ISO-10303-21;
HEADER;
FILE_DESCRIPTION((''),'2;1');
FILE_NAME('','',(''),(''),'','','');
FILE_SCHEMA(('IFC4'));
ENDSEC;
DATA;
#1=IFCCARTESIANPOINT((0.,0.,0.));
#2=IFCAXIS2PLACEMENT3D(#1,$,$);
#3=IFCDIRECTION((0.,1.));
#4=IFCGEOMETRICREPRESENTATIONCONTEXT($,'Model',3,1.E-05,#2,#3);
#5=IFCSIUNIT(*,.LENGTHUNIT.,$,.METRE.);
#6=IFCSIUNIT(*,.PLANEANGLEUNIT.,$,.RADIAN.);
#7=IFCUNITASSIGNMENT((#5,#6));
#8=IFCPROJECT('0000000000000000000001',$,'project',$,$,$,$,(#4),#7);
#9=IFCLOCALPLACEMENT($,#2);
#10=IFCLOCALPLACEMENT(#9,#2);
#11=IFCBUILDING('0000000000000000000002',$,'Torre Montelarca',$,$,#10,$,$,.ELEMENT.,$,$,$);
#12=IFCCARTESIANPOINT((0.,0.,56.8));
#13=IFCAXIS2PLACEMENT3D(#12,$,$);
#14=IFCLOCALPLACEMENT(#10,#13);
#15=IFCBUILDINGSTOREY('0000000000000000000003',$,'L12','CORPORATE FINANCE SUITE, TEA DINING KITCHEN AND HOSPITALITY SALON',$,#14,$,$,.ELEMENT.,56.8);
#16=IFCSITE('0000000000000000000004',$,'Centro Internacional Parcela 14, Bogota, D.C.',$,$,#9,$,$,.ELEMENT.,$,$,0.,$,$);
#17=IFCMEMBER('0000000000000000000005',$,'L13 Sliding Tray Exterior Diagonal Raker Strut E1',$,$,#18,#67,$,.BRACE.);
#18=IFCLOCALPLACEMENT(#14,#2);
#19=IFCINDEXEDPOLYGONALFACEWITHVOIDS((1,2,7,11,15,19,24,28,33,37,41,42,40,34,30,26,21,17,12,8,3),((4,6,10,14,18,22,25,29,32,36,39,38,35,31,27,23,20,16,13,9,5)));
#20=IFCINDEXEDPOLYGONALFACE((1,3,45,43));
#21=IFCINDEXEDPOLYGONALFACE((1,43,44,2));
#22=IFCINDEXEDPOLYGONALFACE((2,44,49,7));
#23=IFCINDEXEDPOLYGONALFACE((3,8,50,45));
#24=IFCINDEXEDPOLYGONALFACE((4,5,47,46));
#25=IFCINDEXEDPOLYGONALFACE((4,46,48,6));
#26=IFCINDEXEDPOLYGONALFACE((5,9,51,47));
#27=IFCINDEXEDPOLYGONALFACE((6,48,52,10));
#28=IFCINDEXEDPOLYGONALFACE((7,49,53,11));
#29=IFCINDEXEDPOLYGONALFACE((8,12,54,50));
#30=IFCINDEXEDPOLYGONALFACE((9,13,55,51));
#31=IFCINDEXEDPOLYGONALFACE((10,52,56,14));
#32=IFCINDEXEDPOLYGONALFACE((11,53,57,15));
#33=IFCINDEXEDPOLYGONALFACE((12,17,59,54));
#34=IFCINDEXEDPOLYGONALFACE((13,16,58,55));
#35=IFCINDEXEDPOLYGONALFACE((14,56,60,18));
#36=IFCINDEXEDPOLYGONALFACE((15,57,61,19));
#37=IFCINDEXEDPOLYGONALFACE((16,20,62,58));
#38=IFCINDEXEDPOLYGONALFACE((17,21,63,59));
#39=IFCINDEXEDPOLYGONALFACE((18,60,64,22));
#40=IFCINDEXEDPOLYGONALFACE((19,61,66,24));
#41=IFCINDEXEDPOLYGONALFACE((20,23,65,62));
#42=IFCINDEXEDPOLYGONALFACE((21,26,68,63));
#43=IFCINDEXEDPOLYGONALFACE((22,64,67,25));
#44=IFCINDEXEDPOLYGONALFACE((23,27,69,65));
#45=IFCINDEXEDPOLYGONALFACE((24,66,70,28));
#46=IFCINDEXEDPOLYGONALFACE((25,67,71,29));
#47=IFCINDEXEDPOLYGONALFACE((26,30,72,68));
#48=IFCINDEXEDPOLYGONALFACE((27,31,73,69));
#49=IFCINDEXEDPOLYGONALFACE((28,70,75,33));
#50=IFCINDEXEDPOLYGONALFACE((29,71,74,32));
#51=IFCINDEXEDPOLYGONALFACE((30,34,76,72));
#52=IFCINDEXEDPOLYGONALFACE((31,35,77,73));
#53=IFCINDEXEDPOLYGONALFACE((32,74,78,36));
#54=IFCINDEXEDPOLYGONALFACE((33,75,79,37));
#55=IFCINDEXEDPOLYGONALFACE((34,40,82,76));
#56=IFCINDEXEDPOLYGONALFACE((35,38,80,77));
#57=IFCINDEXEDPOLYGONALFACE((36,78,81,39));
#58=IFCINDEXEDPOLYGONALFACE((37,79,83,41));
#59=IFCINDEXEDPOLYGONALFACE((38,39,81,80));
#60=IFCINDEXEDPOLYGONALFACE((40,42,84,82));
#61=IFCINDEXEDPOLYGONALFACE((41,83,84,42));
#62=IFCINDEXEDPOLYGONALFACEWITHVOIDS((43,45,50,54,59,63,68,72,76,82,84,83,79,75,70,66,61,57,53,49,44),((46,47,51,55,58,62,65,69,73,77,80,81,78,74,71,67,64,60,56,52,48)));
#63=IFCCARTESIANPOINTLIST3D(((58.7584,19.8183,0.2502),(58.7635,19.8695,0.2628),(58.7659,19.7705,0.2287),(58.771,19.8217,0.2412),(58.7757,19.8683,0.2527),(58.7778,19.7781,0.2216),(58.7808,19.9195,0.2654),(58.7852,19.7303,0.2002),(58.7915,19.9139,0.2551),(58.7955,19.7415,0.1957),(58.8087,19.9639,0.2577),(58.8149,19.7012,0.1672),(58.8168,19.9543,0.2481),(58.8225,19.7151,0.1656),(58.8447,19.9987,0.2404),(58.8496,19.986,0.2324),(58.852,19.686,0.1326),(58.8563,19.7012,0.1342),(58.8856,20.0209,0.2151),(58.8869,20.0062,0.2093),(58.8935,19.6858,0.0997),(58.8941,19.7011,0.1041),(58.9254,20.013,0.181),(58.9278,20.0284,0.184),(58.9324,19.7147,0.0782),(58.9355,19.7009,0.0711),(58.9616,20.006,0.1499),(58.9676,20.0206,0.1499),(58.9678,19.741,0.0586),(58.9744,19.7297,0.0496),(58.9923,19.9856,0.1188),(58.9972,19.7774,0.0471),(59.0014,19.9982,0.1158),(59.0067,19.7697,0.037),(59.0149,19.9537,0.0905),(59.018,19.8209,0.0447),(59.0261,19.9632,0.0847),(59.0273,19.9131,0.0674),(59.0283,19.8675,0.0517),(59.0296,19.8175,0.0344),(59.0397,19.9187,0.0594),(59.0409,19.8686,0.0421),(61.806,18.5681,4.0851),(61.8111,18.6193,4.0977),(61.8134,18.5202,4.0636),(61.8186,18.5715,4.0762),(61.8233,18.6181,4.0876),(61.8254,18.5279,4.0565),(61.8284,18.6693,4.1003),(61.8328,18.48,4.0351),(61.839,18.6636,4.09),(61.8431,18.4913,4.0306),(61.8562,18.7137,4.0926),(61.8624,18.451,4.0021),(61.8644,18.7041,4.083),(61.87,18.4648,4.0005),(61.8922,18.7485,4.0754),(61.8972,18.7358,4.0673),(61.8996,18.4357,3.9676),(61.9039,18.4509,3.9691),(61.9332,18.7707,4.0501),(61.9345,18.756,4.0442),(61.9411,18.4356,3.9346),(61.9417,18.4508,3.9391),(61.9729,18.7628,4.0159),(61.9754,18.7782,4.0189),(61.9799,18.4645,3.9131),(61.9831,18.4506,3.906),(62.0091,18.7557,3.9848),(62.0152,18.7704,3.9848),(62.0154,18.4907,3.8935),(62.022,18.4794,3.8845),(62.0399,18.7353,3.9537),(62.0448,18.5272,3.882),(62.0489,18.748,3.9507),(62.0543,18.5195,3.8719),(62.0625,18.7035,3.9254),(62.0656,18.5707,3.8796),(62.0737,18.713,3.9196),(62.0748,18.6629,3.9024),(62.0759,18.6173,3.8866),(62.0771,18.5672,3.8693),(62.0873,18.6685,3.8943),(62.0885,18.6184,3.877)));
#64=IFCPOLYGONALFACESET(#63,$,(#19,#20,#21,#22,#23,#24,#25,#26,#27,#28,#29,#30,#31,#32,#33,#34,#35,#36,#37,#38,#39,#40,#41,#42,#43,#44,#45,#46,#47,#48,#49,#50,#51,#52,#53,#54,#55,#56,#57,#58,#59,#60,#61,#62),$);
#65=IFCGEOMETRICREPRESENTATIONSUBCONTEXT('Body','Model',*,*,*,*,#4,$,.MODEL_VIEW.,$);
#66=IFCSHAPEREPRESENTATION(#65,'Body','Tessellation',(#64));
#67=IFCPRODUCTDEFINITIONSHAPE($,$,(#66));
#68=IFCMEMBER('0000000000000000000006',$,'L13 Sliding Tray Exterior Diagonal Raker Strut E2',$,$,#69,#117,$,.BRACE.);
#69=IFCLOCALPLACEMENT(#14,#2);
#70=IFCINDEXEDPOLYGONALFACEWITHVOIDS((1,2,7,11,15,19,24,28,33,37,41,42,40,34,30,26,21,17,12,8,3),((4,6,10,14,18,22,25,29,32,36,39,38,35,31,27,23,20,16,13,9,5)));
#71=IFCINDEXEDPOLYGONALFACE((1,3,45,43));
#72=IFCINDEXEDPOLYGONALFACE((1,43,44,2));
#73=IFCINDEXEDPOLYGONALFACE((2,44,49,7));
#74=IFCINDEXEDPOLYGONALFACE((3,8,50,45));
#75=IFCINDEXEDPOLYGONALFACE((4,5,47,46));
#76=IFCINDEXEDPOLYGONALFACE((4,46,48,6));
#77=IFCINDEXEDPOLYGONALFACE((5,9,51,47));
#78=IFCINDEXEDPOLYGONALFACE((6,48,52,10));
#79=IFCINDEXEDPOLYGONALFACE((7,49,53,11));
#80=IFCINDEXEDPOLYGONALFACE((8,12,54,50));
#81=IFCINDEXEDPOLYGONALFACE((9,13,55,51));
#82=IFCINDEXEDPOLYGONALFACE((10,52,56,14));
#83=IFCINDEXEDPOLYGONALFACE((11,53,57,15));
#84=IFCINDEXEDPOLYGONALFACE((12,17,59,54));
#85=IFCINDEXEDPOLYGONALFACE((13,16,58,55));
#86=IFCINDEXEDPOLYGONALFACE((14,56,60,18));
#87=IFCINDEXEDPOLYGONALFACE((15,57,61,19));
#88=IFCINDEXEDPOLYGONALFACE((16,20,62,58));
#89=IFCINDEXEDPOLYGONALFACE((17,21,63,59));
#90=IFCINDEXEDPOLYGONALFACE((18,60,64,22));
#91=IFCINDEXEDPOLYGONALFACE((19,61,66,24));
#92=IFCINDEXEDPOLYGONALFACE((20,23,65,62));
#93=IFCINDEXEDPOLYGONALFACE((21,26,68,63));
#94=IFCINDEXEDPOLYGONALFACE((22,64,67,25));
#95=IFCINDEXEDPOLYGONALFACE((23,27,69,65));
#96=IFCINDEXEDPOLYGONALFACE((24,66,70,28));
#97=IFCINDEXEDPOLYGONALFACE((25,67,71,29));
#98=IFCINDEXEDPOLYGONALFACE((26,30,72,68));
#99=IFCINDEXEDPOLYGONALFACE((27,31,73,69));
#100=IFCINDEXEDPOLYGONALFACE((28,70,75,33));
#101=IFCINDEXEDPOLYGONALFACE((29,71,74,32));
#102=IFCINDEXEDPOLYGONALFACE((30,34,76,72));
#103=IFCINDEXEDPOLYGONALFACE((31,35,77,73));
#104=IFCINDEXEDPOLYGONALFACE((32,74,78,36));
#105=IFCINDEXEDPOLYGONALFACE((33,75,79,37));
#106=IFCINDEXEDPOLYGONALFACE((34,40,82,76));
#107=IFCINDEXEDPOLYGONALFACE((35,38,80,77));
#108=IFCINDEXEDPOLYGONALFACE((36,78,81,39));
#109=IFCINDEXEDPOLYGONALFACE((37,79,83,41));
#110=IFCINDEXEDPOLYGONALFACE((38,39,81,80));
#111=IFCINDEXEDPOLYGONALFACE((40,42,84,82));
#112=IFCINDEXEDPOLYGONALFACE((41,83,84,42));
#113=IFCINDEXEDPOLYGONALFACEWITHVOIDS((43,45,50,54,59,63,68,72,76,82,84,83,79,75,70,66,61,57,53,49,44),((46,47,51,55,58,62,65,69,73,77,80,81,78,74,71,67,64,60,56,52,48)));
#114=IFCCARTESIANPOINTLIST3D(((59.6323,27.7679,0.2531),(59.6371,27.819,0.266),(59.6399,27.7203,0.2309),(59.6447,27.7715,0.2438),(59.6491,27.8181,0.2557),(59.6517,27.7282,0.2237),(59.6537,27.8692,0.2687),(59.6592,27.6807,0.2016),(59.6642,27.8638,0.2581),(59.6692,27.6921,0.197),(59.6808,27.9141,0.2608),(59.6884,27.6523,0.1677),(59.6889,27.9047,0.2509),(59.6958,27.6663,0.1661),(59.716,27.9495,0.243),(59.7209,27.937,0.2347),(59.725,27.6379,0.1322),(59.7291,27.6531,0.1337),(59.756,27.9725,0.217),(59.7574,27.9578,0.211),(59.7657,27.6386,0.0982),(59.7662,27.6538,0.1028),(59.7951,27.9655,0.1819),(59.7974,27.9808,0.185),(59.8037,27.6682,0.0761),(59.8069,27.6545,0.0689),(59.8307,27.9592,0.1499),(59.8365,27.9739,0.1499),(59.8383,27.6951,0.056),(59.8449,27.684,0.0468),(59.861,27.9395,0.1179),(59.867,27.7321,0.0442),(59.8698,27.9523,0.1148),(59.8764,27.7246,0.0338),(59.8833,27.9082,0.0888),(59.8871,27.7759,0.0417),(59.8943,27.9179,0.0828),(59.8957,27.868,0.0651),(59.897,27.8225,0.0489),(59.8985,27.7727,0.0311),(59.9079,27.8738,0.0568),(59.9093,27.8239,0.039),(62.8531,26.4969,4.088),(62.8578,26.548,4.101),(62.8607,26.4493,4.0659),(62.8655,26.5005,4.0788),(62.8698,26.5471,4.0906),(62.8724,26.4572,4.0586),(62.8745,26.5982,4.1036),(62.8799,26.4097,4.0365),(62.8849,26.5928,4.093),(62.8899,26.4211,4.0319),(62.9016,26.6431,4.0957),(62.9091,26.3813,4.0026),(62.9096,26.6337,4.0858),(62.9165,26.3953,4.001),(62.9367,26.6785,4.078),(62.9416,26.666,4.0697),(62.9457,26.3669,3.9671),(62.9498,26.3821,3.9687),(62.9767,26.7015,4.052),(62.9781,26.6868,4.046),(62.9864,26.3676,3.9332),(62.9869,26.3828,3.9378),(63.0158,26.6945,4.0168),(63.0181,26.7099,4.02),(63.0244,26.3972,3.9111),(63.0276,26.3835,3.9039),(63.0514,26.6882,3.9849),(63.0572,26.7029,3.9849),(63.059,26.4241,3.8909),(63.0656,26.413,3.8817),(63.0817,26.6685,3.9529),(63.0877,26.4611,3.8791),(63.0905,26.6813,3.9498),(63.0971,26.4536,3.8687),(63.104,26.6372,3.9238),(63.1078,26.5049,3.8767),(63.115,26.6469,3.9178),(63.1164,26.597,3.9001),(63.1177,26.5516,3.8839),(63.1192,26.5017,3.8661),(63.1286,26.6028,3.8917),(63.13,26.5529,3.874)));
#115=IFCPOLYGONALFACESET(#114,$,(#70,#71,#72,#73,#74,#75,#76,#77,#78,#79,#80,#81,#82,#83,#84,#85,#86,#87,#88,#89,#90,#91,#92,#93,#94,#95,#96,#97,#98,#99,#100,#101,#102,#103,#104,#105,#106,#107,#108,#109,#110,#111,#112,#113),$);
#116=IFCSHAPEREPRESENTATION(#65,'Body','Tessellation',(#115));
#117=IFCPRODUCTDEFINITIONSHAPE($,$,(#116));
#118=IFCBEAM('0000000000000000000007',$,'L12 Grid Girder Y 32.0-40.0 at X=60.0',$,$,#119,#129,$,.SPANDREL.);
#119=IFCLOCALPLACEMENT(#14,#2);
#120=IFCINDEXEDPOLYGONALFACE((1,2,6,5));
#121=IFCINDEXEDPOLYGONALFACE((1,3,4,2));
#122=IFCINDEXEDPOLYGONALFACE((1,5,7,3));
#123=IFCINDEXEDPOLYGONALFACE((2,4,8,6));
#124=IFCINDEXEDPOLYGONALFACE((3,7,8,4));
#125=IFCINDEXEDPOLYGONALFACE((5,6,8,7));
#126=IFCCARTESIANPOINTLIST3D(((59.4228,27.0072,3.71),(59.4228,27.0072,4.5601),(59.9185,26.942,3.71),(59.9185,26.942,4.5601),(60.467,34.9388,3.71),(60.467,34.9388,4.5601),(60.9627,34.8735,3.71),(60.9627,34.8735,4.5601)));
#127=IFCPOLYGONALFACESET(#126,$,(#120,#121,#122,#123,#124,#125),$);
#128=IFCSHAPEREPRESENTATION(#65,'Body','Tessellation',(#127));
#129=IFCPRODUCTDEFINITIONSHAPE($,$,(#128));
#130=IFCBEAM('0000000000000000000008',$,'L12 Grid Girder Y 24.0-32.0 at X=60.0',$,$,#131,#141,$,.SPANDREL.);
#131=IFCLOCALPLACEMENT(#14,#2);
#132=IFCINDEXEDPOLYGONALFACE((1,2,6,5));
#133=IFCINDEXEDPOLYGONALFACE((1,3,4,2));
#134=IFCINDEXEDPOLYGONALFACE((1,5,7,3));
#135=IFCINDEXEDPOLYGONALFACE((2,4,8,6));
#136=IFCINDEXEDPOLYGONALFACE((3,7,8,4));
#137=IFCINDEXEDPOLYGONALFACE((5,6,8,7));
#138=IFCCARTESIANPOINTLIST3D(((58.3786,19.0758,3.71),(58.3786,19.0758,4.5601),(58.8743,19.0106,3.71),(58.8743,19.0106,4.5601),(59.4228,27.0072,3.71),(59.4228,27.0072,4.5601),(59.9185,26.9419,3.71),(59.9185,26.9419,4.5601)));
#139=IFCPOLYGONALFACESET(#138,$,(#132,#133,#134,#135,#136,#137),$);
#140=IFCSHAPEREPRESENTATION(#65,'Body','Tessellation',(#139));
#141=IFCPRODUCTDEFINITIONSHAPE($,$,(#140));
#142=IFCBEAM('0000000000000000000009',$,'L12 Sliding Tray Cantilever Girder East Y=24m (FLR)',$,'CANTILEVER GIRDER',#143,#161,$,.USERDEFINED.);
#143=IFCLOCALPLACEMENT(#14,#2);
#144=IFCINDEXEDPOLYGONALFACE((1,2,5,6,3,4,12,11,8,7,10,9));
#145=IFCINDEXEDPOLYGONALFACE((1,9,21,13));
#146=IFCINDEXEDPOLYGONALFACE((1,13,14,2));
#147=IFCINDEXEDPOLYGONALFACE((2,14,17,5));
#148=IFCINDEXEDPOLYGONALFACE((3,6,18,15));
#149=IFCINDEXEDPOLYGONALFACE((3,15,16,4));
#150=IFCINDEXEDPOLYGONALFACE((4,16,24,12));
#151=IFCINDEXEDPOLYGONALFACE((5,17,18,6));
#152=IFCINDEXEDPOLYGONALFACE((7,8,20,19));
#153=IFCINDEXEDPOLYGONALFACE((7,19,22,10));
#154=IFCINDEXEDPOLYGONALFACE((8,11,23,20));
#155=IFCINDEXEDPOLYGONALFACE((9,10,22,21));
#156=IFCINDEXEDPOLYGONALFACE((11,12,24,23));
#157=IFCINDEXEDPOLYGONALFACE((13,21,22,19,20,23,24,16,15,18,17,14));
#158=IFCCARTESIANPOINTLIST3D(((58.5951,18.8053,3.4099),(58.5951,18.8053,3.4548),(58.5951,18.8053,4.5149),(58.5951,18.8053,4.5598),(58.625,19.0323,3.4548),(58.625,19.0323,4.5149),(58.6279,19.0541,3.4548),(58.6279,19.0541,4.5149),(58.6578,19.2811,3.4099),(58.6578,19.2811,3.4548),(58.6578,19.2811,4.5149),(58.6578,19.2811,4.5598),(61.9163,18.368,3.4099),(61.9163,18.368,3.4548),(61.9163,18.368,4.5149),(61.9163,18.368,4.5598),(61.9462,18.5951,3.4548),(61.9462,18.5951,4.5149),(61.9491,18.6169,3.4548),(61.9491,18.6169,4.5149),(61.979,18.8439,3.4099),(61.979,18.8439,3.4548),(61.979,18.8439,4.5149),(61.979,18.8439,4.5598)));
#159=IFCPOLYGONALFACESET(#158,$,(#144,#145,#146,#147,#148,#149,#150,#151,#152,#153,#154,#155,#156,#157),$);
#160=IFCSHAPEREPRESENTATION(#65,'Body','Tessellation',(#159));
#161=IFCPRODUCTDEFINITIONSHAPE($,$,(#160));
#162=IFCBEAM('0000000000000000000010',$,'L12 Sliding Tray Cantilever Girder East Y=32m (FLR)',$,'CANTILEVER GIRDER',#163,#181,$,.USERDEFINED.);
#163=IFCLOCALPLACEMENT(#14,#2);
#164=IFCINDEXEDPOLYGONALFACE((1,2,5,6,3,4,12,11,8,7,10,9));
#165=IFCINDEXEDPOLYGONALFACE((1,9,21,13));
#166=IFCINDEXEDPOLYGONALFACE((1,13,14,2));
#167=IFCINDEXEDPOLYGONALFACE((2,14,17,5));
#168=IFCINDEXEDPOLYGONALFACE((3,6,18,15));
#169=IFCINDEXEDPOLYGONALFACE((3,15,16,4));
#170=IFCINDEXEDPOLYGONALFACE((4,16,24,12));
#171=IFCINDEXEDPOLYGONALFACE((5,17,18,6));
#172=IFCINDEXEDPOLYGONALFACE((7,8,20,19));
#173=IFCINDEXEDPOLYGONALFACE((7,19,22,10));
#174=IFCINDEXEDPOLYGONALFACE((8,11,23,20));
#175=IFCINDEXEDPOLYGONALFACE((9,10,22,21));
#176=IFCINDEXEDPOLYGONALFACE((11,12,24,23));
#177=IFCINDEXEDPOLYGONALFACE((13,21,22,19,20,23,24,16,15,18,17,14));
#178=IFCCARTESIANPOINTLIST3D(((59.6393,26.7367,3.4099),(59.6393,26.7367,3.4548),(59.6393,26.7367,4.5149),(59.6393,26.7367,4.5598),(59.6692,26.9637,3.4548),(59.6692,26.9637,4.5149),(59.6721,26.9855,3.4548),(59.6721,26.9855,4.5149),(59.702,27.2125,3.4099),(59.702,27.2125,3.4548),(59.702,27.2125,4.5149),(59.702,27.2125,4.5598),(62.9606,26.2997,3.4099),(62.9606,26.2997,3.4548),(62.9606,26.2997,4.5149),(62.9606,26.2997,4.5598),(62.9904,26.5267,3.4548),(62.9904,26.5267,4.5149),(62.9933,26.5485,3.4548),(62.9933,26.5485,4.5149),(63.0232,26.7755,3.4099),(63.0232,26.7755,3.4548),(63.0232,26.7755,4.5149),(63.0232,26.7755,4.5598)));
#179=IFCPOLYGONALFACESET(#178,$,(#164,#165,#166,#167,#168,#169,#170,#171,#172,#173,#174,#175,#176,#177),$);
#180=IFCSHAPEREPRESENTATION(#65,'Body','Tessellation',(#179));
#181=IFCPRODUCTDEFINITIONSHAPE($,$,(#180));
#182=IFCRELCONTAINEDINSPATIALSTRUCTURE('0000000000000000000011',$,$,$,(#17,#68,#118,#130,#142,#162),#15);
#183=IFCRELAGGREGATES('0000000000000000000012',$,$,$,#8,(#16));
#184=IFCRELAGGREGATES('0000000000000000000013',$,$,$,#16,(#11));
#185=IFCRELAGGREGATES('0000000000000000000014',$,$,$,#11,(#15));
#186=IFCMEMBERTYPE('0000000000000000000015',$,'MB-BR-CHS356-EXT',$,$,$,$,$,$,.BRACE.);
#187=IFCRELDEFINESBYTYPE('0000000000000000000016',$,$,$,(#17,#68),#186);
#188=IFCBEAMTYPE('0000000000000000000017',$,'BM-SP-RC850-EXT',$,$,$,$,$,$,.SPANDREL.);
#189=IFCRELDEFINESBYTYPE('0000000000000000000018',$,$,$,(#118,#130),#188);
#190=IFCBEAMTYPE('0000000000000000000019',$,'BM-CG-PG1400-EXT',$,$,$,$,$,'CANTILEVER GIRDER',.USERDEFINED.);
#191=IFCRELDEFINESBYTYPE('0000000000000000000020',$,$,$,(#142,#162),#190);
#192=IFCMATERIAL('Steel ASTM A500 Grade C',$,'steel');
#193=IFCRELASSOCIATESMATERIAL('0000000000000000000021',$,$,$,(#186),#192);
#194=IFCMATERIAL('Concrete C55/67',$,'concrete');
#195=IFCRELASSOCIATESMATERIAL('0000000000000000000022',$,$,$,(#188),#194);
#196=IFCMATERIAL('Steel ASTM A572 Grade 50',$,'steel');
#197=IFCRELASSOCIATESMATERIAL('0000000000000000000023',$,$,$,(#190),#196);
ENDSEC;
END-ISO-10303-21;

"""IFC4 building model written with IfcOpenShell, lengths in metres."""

from ifc_helpers import new_model, si_unit, direction, frame, origin, origin_2d, place, context, subcontext, project, spatial, rectangle, hollow_circle, i_section, extrude, source, transform, mapped, material, material_profile, profile_set, type_object, element, save


model = new_model("IFC4")

# Units and contexts
model_context = context("Model", 3, precision=1e-05, world=origin(), true_north=direction((0.0, 1.0)))
body_context = subcontext(model_context, "Body", "Model", "MODEL_VIEW")
ifc_project = project(units=[si_unit("LENGTHUNIT", "METRE"), si_unit("PLANEANGLEUNIT", "RADIAN")], contexts=[model_context])

# Site, building, storey
site_placement = place(None, origin())
site = spatial("IfcSite", under=ifc_project, at=site_placement, Name="Centro Internacional Parcela 14, Bogota, D.C.", CompositionType="ELEMENT", RefElevation=0.0)
building_placement = place(site_placement, origin())
building = spatial("IfcBuilding", under=site, at=building_placement, Name="Torre Montelarca", CompositionType="ELEMENT")
storey_placement = place(building_placement, frame((0.0, 0.0, 56.8)))
storey = spatial("IfcBuildingStorey", under=building, at=storey_placement, Name="L12", Description="CORPORATE FINANCE SUITE, TEA DINING KITCHEN AND HOSPITALITY SALON", CompositionType="ELEMENT", Elevation=56.8)

# Members
ifc_material_1 = material(Name="Steel ASTM A500 Grade C", Category="steel")
ifc_material_profile_1 = material_profile(ifc_material_1, hollow_circle(Radius=0.1777, WallThickness=0.0159, at=origin_2d()), Name="HSS355.6X15.9", Category="steel")
ifc_profile_set_1 = profile_set([ifc_material_profile_1], Name="Steel ASTM A500 Grade C")
member_type_1 = type_object("IfcMemberType", Name="MB-BR-CHS356-EXT", PredefinedType="BRACE", material=ifc_profile_set_1)
shared_shape_1 = source(origin(), body_context, "Body", "SweptSolid", [
    extrude(hollow_circle(Radius=0.1777, WallThickness=0.0159, at=origin_2d()), origin(), (0.0, 0.0, 1.0), 5.0554),
])
member_1_placement = place(storey_placement, frame((58.9001, 19.8562, 0.1499), z_axis=(0.602832, -0.247304, 0.758574), x_axis=(0.379542, 0.925175, 0.0)))
element("IfcMember", 1, at=member_1_placement, inside=storey, type_object=member_type_1, Name="L13 Sliding Tray Exterior Diagonal Raker Strut E1", PredefinedType="BRACE", context=body_context, shape_type="MappedRepresentation", body=[
    mapped(shared_shape_1, transform((0.0, 0.0, 0.0), scale=1.0)),
])
shared_shape_2 = source(origin(), body_context, "Body", "SweptSolid", [
    extrude(hollow_circle(Radius=0.1777, WallThickness=0.0159, at=origin_2d()), origin(), (0.0, 0.0, 1.0), 5.1667),
])
member_2_placement = place(storey_placement, frame((59.7712, 27.8086, 0.1499), z_axis=(0.623352, -0.245995, 0.742239), x_axis=(0.367083, 0.930188, 0.0)))
element("IfcMember", 2, at=member_2_placement, inside=storey, type_object=member_type_1, Name="L13 Sliding Tray Exterior Diagonal Raker Strut E2", PredefinedType="BRACE", context=body_context, shape_type="MappedRepresentation", body=[
    mapped(shared_shape_2, transform((0.0, 0.0, 0.0), scale=1.0)),
])

# Beams
ifc_material_2 = material(Name="Concrete C55/67", Category="concrete")
ifc_material_profile_2 = material_profile(ifc_material_2, rectangle(XDim=0.5, YDim=0.8501, at=origin_2d()), Name="RCB500X850", Category="concrete")
ifc_profile_set_2 = profile_set([ifc_material_profile_2], Name="Concrete C55/67")
beam_type_1 = type_object("IfcBeamType", Name="BM-SP-RC850-EXT", PredefinedType="SPANDREL", material=ifc_profile_set_2)
shared_shape_3 = source(origin(), body_context, "Body", "SweptSolid", [
    extrude(rectangle(XDim=0.5, YDim=0.8501, at=origin_2d()), origin(), (0.0, 0.0, 1.0), 8.0),
])
beam_1_placement = place(storey_placement, frame((59.6707, 26.9746, 4.135), z_axis=(0.130522, 0.991445, 0.0), x_axis=(-0.991445, 0.130522, 0.0)))
element("IfcBeam", 3, at=beam_1_placement, inside=storey, type_object=beam_type_1, Name="L12 Grid Girder Y 32.0-40.0 at X=60.0", PredefinedType="SPANDREL", context=body_context, shape_type="MappedRepresentation", body=[
    mapped(shared_shape_3, transform((0.0, 0.0, 0.0), scale=1.0)),
])
shared_shape_4 = source(origin(), body_context, "Body", "SweptSolid", [
    extrude(rectangle(XDim=0.5, YDim=0.8501, at=origin_2d()), origin(), (0.0, 0.0, 1.0), 7.9998),
])
beam_2_placement = place(storey_placement, frame((58.6265, 19.0432, 4.135), z_axis=(0.130526, 0.991445, 0.0), x_axis=(-0.991445, 0.130526, 0.0)))
element("IfcBeam", 4, at=beam_2_placement, inside=storey, type_object=beam_type_1, Name="L12 Grid Girder Y 24.0-32.0 at X=60.0", PredefinedType="SPANDREL", context=body_context, shape_type="MappedRepresentation", body=[
    mapped(shared_shape_4, transform((0.0, 0.0, 0.0), scale=1.0)),
])
ifc_material_3 = material(Name="Steel ASTM A572 Grade 50", Category="steel")
ifc_material_profile_3 = material_profile(ifc_material_3, i_section(OverallWidth=0.48, OverallDepth=1.1499, WebThickness=0.022, FlangeThickness=0.0449, at=origin_2d()), Name="PG1150X480X22X45", Category="steel")
ifc_profile_set_3 = profile_set([ifc_material_profile_3], Name="Steel ASTM A572 Grade 50")
beam_type_2 = type_object("IfcBeamType", Name="BM-CG-PG1400-EXT", ElementType="CANTILEVER GIRDER", PredefinedType="USERDEFINED", material=ifc_profile_set_3)
shared_shape_5 = source(origin(), body_context, "Body", "SweptSolid", [
    extrude(i_section(OverallWidth=0.48, OverallDepth=1.1499, WebThickness=0.022, FlangeThickness=0.0449, at=origin_2d()), origin(), (0.0, 0.0, 1.0), 3.3499),
])
for number, where, z_axis, x_axis, name in (
    (5, (58.6265, 19.0432, 3.9849), (0.991445, -0.130526, 0.0), (0.130526, 0.991445, 0.0), "L12 Sliding Tray Cantilever Girder East Y=24m (FLR)"),
    (6, (59.6707, 26.9746, 3.9849), (0.991454, -0.130455, 0.0), (0.130455, 0.991454, 0.0), "L12 Sliding Tray Cantilever Girder East Y=32m (FLR)"),
):
    element("IfcBeam", number, at=place(storey_placement, frame(where, z_axis=z_axis, x_axis=x_axis)), inside=storey, type_object=beam_type_2, Name=name, ObjectType="CANTILEVER GIRDER", PredefinedType="USERDEFINED", context=body_context, shape_type="MappedRepresentation", body=[
        mapped(shared_shape_5, transform((0.0, 0.0, 0.0), scale=1.0)),
    ])

save(model, "model.ifc")
